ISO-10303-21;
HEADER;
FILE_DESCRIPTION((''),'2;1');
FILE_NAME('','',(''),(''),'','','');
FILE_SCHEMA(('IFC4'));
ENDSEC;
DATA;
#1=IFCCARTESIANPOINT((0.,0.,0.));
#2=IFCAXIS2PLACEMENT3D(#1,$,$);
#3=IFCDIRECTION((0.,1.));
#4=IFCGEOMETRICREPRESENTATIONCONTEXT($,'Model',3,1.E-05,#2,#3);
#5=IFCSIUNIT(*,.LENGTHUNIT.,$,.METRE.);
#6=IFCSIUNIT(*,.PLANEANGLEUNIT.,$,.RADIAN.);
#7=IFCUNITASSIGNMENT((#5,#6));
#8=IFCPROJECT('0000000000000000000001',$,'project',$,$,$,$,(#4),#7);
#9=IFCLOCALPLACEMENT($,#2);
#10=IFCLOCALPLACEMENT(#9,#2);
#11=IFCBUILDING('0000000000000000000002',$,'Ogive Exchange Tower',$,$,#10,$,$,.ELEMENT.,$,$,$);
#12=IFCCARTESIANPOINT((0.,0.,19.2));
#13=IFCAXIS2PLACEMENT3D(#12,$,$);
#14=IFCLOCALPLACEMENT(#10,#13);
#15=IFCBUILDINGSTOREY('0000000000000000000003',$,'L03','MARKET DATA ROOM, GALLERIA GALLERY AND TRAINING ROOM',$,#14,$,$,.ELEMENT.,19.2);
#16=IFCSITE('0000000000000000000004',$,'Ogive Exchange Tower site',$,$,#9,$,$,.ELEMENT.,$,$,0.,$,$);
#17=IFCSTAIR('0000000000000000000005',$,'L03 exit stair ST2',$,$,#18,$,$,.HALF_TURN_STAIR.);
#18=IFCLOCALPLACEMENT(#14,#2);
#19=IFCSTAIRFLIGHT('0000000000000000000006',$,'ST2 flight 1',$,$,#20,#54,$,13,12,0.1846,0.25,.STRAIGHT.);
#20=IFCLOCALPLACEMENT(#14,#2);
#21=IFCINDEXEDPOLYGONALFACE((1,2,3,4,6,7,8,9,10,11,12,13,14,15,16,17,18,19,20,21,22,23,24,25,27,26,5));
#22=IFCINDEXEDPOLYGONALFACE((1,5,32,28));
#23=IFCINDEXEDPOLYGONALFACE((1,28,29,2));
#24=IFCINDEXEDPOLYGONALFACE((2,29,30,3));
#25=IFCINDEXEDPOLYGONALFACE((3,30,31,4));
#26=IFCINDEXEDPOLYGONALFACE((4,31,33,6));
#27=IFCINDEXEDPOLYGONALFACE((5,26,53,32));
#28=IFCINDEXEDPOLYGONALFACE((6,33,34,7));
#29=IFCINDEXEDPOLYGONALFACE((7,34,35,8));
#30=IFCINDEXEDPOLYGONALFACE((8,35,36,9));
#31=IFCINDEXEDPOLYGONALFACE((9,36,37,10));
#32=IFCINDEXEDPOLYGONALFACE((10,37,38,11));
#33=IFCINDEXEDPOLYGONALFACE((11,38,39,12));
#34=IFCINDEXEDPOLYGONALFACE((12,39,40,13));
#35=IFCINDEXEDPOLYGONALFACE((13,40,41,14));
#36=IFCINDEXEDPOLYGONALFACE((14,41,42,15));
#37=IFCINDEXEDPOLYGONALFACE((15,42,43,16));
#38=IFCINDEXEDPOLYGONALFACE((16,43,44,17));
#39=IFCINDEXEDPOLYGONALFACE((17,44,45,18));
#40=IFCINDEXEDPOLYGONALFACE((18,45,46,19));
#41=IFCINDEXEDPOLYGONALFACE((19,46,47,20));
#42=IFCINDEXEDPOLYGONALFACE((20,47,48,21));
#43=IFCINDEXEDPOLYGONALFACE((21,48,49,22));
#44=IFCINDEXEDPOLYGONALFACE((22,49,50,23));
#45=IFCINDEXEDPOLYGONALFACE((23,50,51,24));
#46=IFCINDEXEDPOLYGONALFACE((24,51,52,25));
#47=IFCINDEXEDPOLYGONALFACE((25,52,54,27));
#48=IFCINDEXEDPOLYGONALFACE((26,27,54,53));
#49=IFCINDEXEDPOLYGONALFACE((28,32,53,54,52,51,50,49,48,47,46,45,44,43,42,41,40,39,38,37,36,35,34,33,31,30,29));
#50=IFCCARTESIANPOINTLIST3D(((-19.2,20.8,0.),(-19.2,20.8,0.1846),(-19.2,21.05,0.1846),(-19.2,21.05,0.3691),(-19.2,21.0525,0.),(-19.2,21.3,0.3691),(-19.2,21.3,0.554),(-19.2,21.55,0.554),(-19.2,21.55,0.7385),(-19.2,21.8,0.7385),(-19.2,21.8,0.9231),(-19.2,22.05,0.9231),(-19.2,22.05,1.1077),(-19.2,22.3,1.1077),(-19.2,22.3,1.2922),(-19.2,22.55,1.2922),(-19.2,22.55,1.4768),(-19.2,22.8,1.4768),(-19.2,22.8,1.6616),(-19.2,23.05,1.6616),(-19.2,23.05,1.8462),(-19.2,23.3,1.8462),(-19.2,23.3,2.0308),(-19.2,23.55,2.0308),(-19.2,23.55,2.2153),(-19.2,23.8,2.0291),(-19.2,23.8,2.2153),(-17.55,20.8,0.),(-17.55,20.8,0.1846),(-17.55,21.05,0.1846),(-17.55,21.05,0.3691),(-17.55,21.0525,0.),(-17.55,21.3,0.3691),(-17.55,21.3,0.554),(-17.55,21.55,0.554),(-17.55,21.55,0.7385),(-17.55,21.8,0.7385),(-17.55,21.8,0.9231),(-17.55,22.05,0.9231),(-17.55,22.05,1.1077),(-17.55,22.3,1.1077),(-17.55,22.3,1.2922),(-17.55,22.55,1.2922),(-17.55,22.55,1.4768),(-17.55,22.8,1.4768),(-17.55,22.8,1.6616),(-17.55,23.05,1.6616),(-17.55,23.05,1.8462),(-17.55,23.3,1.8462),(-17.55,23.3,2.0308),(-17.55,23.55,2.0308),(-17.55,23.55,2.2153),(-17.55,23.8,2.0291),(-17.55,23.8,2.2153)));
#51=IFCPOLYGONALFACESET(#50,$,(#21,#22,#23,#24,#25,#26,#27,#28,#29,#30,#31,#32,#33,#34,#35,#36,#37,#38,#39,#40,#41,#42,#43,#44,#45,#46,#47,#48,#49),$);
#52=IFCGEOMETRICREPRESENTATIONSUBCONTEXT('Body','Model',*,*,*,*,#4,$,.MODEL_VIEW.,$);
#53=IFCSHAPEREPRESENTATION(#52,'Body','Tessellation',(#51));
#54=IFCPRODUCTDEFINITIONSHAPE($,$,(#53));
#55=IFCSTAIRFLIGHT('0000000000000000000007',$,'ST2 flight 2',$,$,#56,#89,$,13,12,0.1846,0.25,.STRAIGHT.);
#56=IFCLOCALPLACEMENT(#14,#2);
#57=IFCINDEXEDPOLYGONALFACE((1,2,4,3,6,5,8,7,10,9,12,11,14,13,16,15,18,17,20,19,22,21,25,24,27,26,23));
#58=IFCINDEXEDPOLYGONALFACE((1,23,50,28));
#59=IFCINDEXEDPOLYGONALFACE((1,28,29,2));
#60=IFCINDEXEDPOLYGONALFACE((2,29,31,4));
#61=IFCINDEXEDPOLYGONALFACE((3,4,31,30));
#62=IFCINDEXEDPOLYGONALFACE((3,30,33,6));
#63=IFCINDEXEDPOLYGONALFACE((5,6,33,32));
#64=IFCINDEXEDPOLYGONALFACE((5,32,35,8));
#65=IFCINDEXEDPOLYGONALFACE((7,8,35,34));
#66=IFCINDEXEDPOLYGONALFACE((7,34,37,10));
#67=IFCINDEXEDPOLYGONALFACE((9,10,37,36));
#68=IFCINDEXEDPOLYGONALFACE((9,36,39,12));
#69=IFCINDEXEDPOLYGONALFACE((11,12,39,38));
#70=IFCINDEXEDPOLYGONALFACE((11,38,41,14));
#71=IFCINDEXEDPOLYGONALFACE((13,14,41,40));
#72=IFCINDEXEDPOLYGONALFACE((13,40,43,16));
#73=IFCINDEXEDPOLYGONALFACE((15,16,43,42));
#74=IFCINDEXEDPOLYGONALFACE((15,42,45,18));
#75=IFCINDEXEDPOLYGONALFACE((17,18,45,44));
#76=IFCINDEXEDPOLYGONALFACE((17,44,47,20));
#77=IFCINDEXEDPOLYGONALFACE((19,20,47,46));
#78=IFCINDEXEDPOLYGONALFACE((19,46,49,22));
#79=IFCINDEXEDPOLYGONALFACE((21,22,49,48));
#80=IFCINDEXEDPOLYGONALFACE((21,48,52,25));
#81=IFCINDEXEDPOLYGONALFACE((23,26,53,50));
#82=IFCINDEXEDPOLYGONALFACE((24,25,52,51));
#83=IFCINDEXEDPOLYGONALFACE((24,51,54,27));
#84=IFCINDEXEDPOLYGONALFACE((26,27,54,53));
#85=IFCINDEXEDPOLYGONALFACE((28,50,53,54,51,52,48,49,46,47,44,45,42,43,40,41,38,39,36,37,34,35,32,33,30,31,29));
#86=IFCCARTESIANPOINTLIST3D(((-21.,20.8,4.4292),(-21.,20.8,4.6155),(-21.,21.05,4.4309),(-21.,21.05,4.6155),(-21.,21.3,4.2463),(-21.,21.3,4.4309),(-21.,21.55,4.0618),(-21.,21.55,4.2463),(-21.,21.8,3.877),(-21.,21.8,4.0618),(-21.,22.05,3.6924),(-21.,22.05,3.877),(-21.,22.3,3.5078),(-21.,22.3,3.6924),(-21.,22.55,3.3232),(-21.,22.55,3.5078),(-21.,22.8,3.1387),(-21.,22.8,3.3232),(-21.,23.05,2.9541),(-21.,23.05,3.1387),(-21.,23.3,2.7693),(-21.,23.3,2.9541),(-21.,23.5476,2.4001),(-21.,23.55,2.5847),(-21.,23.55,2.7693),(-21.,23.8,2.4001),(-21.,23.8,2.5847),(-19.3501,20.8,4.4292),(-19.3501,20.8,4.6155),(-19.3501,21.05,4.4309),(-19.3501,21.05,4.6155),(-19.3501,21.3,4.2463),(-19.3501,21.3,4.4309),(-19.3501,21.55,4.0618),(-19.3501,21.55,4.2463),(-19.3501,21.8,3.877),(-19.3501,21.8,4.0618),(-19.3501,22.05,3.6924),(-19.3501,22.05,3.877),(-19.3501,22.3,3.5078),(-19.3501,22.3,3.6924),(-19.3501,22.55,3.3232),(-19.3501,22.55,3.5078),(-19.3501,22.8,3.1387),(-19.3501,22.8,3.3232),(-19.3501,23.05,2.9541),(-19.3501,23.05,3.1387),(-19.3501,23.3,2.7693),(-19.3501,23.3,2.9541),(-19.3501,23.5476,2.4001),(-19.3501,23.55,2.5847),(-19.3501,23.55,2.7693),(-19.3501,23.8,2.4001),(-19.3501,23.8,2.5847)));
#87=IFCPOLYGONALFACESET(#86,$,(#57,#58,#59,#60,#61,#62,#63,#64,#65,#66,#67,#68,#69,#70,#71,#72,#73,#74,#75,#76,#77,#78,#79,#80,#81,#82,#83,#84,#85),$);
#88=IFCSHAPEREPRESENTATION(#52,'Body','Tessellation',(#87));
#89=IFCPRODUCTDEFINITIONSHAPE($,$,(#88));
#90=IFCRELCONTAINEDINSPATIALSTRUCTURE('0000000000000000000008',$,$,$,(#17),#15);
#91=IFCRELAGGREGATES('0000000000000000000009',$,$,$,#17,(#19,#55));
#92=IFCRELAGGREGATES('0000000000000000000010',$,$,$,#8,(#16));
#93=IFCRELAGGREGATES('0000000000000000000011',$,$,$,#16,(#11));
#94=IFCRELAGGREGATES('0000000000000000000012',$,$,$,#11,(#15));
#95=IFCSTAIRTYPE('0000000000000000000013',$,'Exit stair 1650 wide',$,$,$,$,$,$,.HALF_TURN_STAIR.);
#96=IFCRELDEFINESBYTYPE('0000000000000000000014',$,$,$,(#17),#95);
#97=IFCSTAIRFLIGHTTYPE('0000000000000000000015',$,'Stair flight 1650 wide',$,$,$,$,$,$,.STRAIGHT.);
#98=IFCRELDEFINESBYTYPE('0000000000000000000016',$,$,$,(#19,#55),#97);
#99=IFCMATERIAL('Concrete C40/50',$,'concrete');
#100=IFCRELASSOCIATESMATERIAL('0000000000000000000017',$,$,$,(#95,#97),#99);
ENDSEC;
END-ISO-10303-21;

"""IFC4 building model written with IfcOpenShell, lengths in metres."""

from ifc_helpers import new_model, si_unit, direction, frame, origin, place, context, subcontext, project, spatial, polyline, outline, extrude, material, type_object, element, aggregate, save


model = new_model("IFC4")

# Units and contexts
model_context = context("Model", 3, precision=1e-05, world=origin(), true_north=direction((0.0, 1.0)))
body_context = subcontext(model_context, "Body", "Model", "MODEL_VIEW")
ifc_project = project(units=[si_unit("LENGTHUNIT", "METRE"), si_unit("PLANEANGLEUNIT", "RADIAN")], contexts=[model_context])

# Site, building, storey
site_placement = place(None, origin())
site = spatial("IfcSite", under=ifc_project, at=site_placement, Name="Ogive Exchange Tower site", CompositionType="ELEMENT", RefElevation=0.0)
building_placement = place(site_placement, origin())
building = spatial("IfcBuilding", under=site, at=building_placement, Name="Ogive Exchange Tower", CompositionType="ELEMENT")
storey_placement = place(building_placement, frame((0.0, 0.0, 19.2)))
storey = spatial("IfcBuildingStorey", under=building, at=storey_placement, Name="L03", Description="MARKET DATA ROOM, GALLERIA GALLERY AND TRAINING ROOM", CompositionType="ELEMENT", Elevation=19.2)

# Stair, stair flights
ifc_material_1 = material(Name="Concrete C40/50", Category="concrete")
stair_type = type_object("IfcStairType", Name="Exit stair 1650 wide", PredefinedType="HALF_TURN_STAIR", material=ifc_material_1)
stair_placement = place(storey_placement, origin())
stair = element("IfcStair", 1, at=stair_placement, inside=storey, type_object=stair_type, Name="L03 exit stair ST2", PredefinedType="HALF_TURN_STAIR")
stair_flight_type = type_object("IfcStairFlightType", Name="Stair flight 1650 wide", PredefinedType="STRAIGHT", material=ifc_material_1)
stair_flight_1_placement = place(storey_placement, frame((-18.375, 20.8, 0.0), z_axis=(0.0, 0.0, 1.0), x_axis=(0.0, 1.0, 0.0)))
stair_flight_1 = element("IfcStairFlight", 2, at=stair_flight_1_placement, type_object=stair_flight_type, Name="ST2 flight 1", NumberOfRisers=13, NumberOfTreads=12, PredefinedType="STRAIGHT", RiserHeight=0.1846, TreadLength=0.25, context=body_context, shape_type="SweptSolid", body=[
    extrude(outline(polyline([(0.0, 0.0), (0.0, 0.1846), (0.25, 0.1846), (0.25, 0.3691), (0.5, 0.3691), (0.5, 0.554), (0.75, 0.554), (0.75, 0.7385), (1.0, 0.7385), (1.0, 0.9231), (1.25, 0.9231), (1.25, 1.1077), (1.5, 1.1077), (1.5, 1.2922), (1.75, 1.2922), (1.75, 1.4768), (2.0, 1.4768), (2.0, 1.6616), (2.25, 1.6616), (2.25, 1.8462), (2.5, 1.8462), (2.5, 2.0308), (2.75, 2.0308), (2.75, 2.2153), (3.0, 2.2153), (3.0, 2.3999), (3.0, 2.0291), (0.2524, 0.0), (0.0, 0.0)])), frame((0.0, 0.825, 0.0), z_axis=(0.0, -1.0, 0.0), x_axis=(1.0, 0.0, 0.0)), (0.0, 0.0, 1.0), 1.6499),
])
stair_flight_2_placement = place(storey_placement, frame((-20.175, 23.8, 2.4001), z_axis=(0.0, 0.0, 1.0), x_axis=(0.0, -1.0, 0.0)))
stair_flight_2 = element("IfcStairFlight", 3, at=stair_flight_2_placement, type_object=stair_flight_type, Name="ST2 flight 2", NumberOfRisers=13, NumberOfTreads=12, PredefinedType="STRAIGHT", RiserHeight=0.1846, TreadLength=0.25, context=body_context, shape_type="SweptSolid", body=[
    extrude(outline(polyline([(0.0, 0.0), (0.0, 0.1846), (0.25, 0.1846), (0.25, 0.3691), (0.5, 0.3691), (0.5, 0.554), (0.75, 0.554), (0.75, 0.7385), (1.0, 0.7385), (1.0, 0.9231), (1.25, 0.9231), (1.25, 1.1077), (1.5, 1.1077), (1.5, 1.2922), (1.75, 1.2922), (1.75, 1.4768), (2.0, 1.4768), (2.0, 1.6616), (2.25, 1.6616), (2.25, 1.8462), (2.5, 1.8462), (2.5, 2.0308), (2.75, 2.0308), (2.75, 2.2153), (3.0, 2.2153), (3.0, 2.3999), (3.0, 2.0291), (0.2524, 0.0), (0.0, 0.0)])), frame((0.0, 0.825, 0.0), z_axis=(0.0, -1.0, 0.0), x_axis=(1.0, 0.0, 0.0)), (0.0, 0.0, 1.0), 1.6499),
])
aggregate(stair, [stair_flight_1, stair_flight_2])

save(model, "model.ifc")
